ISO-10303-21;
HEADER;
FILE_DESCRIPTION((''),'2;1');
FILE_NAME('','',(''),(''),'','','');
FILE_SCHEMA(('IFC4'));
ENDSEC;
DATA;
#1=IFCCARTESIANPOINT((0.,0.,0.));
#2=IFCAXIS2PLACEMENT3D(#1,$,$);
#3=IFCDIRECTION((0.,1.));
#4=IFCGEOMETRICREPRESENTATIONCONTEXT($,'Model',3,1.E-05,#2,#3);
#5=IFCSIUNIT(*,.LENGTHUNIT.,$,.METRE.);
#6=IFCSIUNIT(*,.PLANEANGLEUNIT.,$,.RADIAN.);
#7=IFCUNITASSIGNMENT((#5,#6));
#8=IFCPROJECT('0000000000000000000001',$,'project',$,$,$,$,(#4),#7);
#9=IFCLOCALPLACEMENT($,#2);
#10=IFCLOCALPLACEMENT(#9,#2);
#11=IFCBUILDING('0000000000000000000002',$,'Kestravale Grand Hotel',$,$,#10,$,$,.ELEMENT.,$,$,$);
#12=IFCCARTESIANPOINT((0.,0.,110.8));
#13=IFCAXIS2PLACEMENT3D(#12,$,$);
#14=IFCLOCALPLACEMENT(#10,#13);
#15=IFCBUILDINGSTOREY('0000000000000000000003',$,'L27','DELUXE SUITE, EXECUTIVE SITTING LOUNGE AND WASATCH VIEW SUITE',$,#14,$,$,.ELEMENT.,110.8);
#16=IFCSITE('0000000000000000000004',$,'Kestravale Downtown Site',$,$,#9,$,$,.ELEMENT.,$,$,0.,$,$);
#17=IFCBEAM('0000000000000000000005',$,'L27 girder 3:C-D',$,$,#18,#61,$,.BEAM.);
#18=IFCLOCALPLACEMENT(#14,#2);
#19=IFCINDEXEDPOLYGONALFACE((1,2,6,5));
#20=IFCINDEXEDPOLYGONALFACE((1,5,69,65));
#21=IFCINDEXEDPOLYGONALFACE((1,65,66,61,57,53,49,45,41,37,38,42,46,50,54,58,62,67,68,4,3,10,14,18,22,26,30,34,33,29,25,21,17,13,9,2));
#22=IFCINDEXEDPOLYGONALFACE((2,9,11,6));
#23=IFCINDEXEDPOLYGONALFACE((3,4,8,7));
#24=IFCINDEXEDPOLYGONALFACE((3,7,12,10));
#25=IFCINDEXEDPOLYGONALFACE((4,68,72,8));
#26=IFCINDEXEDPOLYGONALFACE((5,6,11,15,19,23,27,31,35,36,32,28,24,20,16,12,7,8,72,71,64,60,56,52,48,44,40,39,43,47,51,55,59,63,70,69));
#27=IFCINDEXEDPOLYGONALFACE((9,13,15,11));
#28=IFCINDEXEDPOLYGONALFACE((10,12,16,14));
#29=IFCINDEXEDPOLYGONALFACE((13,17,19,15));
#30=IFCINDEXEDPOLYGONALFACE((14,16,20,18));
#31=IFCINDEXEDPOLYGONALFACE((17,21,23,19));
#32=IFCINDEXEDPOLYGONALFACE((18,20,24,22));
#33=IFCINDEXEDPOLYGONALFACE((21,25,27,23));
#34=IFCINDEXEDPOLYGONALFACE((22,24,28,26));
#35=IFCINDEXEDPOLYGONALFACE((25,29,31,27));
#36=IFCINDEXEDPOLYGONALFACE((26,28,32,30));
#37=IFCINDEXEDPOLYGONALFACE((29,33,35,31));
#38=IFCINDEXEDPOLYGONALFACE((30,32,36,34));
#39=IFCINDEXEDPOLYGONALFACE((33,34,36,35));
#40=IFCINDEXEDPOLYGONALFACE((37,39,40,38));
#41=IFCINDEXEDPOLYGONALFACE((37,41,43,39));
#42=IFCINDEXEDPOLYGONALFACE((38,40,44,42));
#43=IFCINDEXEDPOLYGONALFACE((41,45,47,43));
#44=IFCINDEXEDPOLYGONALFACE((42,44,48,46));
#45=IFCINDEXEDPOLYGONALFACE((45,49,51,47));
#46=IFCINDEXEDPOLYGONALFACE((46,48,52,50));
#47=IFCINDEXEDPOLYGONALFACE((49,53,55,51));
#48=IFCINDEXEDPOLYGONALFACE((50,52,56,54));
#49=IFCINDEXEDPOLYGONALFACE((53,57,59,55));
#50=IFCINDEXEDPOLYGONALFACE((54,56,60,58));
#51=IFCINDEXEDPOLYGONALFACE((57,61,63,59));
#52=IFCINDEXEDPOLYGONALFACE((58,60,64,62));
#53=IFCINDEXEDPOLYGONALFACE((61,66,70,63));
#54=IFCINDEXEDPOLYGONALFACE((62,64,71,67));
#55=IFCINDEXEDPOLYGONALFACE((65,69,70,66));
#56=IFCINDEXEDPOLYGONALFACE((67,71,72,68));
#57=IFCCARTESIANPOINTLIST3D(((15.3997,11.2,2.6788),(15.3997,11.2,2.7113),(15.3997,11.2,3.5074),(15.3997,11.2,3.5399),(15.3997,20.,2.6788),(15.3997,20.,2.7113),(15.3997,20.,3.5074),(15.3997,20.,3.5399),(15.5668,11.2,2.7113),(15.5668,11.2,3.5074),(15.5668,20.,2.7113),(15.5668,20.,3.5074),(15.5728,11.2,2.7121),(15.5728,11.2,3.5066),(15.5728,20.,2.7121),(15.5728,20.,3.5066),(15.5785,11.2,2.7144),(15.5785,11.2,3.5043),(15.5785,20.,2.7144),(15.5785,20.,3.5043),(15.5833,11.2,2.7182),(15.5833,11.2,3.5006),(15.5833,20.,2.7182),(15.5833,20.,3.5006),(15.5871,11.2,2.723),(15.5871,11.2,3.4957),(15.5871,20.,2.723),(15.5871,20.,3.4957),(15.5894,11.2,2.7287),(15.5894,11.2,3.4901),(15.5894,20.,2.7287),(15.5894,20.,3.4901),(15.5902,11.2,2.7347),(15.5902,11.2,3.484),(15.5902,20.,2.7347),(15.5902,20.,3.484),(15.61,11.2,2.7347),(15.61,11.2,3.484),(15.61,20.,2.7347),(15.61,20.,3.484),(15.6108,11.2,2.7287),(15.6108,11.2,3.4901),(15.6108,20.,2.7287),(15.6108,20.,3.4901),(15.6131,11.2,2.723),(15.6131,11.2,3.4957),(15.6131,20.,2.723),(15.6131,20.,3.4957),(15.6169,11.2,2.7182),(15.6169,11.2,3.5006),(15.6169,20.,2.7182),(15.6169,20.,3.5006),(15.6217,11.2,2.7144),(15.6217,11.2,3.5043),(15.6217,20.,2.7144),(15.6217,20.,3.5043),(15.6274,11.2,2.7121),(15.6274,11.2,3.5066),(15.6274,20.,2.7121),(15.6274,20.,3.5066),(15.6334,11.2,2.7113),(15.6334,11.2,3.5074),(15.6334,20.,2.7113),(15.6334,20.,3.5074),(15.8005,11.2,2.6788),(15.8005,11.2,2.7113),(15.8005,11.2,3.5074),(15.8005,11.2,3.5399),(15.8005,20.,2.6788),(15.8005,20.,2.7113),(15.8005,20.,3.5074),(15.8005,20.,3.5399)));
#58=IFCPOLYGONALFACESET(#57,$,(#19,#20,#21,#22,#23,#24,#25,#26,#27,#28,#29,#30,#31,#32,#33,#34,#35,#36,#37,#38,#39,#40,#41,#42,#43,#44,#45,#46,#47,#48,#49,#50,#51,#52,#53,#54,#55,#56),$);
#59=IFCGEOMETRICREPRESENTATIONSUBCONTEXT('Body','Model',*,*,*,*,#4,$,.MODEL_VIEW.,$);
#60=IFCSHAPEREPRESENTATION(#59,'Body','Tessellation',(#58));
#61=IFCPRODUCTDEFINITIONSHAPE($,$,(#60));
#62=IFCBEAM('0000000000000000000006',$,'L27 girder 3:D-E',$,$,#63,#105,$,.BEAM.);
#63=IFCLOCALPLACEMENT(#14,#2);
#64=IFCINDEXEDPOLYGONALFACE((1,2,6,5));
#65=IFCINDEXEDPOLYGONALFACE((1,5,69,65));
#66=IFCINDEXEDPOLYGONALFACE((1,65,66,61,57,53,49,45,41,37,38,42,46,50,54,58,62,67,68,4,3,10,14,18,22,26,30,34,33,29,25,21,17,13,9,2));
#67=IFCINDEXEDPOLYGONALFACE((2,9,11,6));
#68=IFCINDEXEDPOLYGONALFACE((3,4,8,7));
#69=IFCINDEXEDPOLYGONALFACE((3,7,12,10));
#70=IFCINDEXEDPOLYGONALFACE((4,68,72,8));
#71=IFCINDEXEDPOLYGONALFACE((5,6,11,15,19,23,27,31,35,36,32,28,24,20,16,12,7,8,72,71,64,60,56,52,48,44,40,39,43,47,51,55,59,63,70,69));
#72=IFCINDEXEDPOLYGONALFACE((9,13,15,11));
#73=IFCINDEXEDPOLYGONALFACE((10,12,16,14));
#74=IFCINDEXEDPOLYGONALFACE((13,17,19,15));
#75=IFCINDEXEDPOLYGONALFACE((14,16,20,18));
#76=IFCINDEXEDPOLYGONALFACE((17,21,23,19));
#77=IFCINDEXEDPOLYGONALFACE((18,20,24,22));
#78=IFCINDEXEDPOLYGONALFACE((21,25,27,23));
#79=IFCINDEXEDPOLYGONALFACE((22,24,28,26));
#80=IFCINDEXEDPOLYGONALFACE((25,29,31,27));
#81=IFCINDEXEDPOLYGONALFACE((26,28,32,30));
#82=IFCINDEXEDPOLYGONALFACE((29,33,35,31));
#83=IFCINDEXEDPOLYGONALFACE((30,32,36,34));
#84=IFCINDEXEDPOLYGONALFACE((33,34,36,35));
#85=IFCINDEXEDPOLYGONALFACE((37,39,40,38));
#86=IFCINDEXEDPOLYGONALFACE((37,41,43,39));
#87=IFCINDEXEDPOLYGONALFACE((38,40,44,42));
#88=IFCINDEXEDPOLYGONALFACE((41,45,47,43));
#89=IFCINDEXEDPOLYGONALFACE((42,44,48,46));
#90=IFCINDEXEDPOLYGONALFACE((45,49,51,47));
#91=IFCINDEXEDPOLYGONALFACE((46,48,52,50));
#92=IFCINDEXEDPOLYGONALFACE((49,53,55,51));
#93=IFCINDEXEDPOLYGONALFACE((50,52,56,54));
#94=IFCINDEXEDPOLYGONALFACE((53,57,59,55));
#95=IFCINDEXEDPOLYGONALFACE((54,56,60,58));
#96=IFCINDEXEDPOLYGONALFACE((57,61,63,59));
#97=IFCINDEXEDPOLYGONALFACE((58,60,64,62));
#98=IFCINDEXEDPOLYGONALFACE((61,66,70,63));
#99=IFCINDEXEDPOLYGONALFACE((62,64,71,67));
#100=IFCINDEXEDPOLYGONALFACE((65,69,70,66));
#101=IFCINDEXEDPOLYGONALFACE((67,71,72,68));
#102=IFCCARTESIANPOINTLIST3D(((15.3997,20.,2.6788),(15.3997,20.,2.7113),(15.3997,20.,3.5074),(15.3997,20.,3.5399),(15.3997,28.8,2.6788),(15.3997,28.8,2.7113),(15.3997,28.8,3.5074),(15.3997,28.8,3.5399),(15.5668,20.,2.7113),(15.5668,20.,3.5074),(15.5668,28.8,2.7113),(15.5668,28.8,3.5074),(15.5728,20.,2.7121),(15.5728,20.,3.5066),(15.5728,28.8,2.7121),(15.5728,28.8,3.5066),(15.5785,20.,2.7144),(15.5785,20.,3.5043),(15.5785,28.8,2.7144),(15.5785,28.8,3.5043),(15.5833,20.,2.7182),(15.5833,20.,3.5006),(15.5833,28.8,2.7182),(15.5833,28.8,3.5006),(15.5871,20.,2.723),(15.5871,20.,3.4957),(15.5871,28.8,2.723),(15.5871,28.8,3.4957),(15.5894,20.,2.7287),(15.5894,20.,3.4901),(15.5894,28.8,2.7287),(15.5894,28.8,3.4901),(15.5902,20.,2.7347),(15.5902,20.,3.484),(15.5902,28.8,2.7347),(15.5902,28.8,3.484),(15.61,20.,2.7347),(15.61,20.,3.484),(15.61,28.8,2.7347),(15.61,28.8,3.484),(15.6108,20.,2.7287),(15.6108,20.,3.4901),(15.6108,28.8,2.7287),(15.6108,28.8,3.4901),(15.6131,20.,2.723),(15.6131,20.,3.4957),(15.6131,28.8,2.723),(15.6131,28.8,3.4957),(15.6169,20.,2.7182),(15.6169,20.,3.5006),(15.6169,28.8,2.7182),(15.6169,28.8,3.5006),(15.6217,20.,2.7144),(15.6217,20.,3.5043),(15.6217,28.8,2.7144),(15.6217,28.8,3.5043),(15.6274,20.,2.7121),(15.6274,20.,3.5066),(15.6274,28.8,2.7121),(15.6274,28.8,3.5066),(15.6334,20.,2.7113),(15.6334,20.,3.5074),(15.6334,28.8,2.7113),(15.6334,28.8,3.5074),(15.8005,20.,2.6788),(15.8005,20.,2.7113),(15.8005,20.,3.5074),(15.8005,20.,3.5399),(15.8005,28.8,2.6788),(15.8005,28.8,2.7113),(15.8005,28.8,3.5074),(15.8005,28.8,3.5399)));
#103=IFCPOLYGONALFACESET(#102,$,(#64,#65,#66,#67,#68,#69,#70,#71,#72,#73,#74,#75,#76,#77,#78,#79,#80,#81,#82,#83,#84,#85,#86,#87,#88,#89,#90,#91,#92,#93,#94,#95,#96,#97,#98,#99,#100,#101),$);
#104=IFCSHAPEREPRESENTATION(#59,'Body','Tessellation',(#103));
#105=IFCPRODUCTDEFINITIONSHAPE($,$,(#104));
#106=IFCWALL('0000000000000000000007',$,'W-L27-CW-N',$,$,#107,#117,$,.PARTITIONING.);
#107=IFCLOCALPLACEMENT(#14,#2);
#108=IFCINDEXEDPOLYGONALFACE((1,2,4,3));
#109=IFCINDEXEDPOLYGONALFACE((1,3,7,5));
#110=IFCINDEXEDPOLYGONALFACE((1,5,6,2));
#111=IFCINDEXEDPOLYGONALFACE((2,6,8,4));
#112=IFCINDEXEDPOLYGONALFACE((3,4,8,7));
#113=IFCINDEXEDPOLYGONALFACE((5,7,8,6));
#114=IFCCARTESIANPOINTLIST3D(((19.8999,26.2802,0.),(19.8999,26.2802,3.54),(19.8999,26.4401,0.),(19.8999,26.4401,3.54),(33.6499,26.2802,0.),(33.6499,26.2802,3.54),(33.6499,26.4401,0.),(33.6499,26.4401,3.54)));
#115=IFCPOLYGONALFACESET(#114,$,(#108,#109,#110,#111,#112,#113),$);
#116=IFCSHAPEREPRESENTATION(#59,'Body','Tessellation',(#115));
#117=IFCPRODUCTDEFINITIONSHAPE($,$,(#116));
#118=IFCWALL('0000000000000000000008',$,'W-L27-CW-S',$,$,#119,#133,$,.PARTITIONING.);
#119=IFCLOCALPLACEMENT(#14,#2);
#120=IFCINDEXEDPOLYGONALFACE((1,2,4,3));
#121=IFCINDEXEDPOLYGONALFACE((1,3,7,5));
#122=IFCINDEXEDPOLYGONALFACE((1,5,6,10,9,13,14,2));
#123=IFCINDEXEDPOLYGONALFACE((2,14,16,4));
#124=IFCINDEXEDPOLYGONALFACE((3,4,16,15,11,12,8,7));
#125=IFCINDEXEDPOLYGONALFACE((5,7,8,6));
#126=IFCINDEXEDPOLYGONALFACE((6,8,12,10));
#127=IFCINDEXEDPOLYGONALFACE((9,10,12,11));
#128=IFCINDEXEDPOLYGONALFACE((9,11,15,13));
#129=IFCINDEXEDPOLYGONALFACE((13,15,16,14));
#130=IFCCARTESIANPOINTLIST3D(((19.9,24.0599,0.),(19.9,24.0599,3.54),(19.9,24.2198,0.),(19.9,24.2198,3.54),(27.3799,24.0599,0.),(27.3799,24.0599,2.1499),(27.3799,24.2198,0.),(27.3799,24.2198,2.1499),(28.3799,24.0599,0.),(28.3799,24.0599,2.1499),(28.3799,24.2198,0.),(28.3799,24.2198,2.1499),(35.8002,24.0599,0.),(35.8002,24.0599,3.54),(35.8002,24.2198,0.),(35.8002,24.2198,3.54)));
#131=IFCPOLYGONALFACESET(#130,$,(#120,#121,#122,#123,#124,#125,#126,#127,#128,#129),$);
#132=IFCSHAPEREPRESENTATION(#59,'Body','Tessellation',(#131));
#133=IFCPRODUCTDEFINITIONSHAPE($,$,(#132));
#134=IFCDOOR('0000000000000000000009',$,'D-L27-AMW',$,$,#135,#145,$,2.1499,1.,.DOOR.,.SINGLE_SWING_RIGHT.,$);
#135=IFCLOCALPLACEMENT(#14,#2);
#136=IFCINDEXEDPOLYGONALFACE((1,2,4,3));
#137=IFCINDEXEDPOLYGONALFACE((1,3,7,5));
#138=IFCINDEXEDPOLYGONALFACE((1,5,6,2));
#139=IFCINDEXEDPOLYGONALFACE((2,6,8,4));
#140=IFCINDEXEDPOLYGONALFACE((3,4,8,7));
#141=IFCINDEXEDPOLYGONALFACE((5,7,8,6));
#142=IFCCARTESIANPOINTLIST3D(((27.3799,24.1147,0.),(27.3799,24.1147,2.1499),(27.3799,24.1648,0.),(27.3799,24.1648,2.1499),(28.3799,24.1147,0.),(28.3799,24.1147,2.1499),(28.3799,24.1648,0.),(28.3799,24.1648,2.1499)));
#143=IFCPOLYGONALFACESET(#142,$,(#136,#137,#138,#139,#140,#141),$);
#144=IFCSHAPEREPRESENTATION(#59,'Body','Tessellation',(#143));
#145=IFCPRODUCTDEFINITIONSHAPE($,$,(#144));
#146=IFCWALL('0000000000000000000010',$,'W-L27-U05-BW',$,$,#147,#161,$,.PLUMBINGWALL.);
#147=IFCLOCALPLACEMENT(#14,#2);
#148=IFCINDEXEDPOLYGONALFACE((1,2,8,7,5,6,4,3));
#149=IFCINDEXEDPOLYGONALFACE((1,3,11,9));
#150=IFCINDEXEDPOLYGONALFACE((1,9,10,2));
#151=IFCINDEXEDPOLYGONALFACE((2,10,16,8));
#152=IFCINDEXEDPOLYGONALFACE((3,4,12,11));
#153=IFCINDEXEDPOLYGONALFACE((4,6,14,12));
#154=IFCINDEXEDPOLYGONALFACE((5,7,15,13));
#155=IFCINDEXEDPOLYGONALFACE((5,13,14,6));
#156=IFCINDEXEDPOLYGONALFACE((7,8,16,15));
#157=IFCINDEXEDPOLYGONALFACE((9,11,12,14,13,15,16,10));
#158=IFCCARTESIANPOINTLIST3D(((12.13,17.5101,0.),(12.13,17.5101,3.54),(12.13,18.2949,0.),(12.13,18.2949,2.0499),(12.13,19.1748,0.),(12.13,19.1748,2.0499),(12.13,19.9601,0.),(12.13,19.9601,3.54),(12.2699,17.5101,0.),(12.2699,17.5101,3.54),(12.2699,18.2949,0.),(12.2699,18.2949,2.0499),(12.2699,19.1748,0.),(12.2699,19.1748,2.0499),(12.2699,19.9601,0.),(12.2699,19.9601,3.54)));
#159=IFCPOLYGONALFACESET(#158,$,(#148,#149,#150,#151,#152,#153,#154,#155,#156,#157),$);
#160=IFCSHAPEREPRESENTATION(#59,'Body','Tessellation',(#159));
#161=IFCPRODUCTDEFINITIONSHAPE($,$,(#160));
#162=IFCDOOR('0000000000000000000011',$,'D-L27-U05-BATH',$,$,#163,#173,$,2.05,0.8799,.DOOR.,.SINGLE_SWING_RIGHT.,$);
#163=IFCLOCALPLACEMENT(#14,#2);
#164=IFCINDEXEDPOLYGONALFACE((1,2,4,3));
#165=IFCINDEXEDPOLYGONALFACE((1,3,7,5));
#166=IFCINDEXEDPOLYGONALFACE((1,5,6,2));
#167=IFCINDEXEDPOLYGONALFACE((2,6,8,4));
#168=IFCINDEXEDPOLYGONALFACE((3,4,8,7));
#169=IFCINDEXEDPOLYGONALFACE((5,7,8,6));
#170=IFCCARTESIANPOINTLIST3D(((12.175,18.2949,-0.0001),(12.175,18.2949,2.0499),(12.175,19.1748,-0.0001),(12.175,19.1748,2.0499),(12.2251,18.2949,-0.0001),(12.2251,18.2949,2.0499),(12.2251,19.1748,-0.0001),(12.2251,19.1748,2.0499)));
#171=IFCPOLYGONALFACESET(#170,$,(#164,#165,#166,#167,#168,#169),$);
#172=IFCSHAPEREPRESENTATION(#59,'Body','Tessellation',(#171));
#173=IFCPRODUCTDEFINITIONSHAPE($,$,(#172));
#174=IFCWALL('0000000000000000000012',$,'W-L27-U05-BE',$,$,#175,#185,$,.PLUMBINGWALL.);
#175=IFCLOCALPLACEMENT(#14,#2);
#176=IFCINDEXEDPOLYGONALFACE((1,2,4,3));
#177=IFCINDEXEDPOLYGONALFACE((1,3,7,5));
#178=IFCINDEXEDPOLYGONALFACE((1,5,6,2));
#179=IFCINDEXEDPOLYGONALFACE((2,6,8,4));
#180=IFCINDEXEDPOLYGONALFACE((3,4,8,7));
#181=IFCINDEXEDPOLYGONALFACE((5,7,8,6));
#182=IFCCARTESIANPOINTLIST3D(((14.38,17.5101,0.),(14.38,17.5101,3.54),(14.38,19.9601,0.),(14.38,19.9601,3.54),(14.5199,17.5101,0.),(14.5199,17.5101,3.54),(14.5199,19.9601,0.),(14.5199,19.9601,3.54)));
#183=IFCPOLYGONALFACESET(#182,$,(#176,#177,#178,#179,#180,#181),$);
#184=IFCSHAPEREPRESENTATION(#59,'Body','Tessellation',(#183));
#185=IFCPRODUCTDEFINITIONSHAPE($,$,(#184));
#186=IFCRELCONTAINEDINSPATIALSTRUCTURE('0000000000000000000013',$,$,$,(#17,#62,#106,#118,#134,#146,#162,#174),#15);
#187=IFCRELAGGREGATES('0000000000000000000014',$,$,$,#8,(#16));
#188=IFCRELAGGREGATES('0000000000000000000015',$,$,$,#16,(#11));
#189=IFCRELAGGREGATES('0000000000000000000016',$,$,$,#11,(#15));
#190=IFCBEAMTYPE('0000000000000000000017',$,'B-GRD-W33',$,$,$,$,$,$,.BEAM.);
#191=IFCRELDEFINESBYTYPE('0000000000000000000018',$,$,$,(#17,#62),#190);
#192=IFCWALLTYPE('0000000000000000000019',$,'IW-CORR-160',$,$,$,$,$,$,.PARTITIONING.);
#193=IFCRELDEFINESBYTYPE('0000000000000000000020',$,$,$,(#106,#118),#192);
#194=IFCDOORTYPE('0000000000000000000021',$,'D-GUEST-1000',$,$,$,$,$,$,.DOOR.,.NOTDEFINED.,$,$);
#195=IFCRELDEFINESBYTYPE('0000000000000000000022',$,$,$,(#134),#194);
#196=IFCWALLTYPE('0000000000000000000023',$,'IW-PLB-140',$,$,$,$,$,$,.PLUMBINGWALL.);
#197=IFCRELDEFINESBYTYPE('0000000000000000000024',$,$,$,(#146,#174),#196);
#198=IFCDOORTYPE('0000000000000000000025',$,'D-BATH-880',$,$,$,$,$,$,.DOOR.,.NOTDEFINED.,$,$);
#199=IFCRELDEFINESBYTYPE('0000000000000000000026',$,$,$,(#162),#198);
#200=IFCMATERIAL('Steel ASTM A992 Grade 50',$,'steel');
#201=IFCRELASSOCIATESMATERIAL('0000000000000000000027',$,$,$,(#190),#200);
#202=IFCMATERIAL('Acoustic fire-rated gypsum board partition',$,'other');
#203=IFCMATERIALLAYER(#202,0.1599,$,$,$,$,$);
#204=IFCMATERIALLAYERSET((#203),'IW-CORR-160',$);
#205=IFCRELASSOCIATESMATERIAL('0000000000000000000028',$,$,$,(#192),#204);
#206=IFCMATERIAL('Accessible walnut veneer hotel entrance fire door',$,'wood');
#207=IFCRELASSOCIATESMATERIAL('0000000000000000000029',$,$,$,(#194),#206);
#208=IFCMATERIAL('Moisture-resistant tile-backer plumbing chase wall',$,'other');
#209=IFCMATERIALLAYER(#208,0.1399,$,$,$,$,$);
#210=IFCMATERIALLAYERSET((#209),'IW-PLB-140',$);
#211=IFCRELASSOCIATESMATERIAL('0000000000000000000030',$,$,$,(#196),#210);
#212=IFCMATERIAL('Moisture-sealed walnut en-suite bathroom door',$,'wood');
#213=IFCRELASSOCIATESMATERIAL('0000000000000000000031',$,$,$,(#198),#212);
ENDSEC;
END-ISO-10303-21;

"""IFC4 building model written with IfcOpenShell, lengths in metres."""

from ifc_helpers import new_model, si_unit, direction, frame, frame_2d, origin, origin_2d, place, context, subcontext, project, spatial, rectangle, i_section, extrude, material, layer, layer_set, material_profile, profile_set, type_object, element, fill, save


model = new_model("IFC4")

# Units and contexts
model_context = context("Model", 3, precision=1e-05, world=origin(), true_north=direction((0.0, 1.0)))
body_context = subcontext(model_context, "Body", "Model", "MODEL_VIEW")
ifc_project = project(units=[si_unit("LENGTHUNIT", "METRE"), si_unit("PLANEANGLEUNIT", "RADIAN")], contexts=[model_context])

# Site, building, storey
site_placement = place(None, origin())
site = spatial("IfcSite", under=ifc_project, at=site_placement, Name="Kestravale Downtown Site", CompositionType="ELEMENT", RefElevation=0.0)
building_placement = place(site_placement, origin())
building = spatial("IfcBuilding", under=site, at=building_placement, Name="Kestravale Grand Hotel", CompositionType="ELEMENT")
storey_placement = place(building_placement, frame((0.0, 0.0, 110.8)))
storey = spatial("IfcBuildingStorey", under=building, at=storey_placement, Name="L27", Description="DELUXE SUITE, EXECUTIVE SITTING LOUNGE AND WASATCH VIEW SUITE", CompositionType="ELEMENT", Elevation=110.8)

# Beams
ifc_material_1 = material(Name="Steel ASTM A992 Grade 50", Category="steel")
ifc_material_profile_1 = material_profile(ifc_material_1, i_section(OverallWidth=0.4009, OverallDepth=0.8611, WebThickness=0.0198, FlangeThickness=0.0325, FilletRadius=0.0234, at=origin_2d()))
ifc_profile_set_1 = profile_set([ifc_material_profile_1], Name="Steel ASTM A992 Grade 50")
beam_type_1 = type_object("IfcBeamType", Name="B-GRD-W33", PredefinedType="BEAM", material=ifc_profile_set_1)
for number, where, z_axis, x_axis, name in (
    (1, (15.6001, 11.2, 3.1094), (0.0, 1.0, 0.0), (-1.0, 0.0, 0.0), "L27 girder 3:C-D"),
    (2, (15.6001, 20.0, 3.1094), (0.0, 1.0, 0.0), (-1.0, 0.0, 0.0), "L27 girder 3:D-E"),
):
    element("IfcBeam", number, at=place(storey_placement, frame(where, z_axis=z_axis, x_axis=x_axis)), inside=storey, type_object=beam_type_1, Name=name, PredefinedType="BEAM", context=body_context, shape_type="SweptSolid", body=[
        extrude(i_section(OverallWidth=0.4009, OverallDepth=0.8611, WebThickness=0.0198, FlangeThickness=0.0325, FilletRadius=0.0234, at=origin_2d()), origin(), (0.0, 0.0, 1.0), 8.8),
    ])

# Wall
ifc_material_2 = material(Name="Acoustic fire-rated gypsum board partition", Category="other")
ifc_layer_1 = layer(ifc_material_2, 0.1599)
ifc_layer_set_1 = layer_set([ifc_layer_1], Name="IW-CORR-160")
wall_type_1 = type_object("IfcWallType", Name="IW-CORR-160", PredefinedType="PARTITIONING", material=ifc_layer_set_1)
wall_1_placement = place(storey_placement, frame((19.8999, 26.3601, 0.0), z_axis=(0.0, 0.0, 1.0), x_axis=(1.0, 0.0, 0.0)))
element("IfcWall", 3, at=wall_1_placement, inside=storey, type_object=wall_type_1, Name="W-L27-CW-N", PredefinedType="PARTITIONING", context=body_context, shape_type="SweptSolid", body=[
    extrude(rectangle(XDim=13.75, YDim=0.1599, at=frame_2d((6.875, 0.0))), origin(), (0.0, 0.0, 1.0), 3.54),
])

# Walls, openings, doors
wall_2_placement = place(storey_placement, frame((19.8999, 24.1399, 0.0), z_axis=(0.0, 0.0, 1.0), x_axis=(1.0, 0.0, 0.0)))
wall_2 = element("IfcWall", 4, at=wall_2_placement, inside=storey, type_object=wall_type_1, Name="W-L27-CW-S", PredefinedType="PARTITIONING", context=body_context, shape_type="SweptSolid", body=[
    extrude(rectangle(XDim=15.9001, YDim=0.1599, at=frame_2d((7.9502, 0.0))), origin(), (0.0, 0.0, 1.0), 3.54),
])
opening_1_placement = place(wall_2_placement, frame((7.48, 0.0, 0.0)))
opening_1 = element("IfcOpeningElement", 5, at=opening_1_placement, cuts=wall_2, PredefinedType="OPENING", context=body_context, shape_type="SweptSolid", body=[
    extrude(rectangle(XDim=1.0, YDim=2.1499, at=frame_2d((0.5, 1.075))), frame((0.0, 0.0898, 0.0), z_axis=(0.0, -1.0, 0.0), x_axis=(1.0, 0.0, 0.0)), (0.0, 0.0, 1.0), 0.1799),
])
ifc_material_3 = material(Name="Accessible walnut veneer hotel entrance fire door", Category="wood")
door_type_1 = type_object("IfcDoorType", Name="D-GUEST-1000", OperationType="NOTDEFINED", PredefinedType="DOOR", material=ifc_material_3)
door_1_placement = place(opening_1_placement, origin())
door_1 = element("IfcDoor", 6, at=door_1_placement, inside=storey, type_object=door_type_1, Name="D-L27-AMW", OperationType="SINGLE_SWING_RIGHT", OverallHeight=2.1499, OverallWidth=1.0, PredefinedType="DOOR", context=body_context, shape_type="SweptSolid", body=[
    extrude(rectangle(XDim=1.0, YDim=2.1499, at=frame_2d((0.5, 1.075))), frame((0.0, 0.0249, 0.0), z_axis=(0.0, -1.0, 0.0), x_axis=(1.0, 0.0, 0.0)), (0.0, 0.0, 1.0), 0.05),
])
fill(opening_1, door_1)
ifc_material_4 = material(Name="Moisture-resistant tile-backer plumbing chase wall", Category="other")
ifc_layer_2 = layer(ifc_material_4, 0.1399)
ifc_layer_set_2 = layer_set([ifc_layer_2], Name="IW-PLB-140")
wall_type_2 = type_object("IfcWallType", Name="IW-PLB-140", PredefinedType="PLUMBINGWALL", material=ifc_layer_set_2)
wall_3_placement = place(storey_placement, frame((12.2, 17.51, 0.0), z_axis=(0.0, 0.0, 1.0), x_axis=(0.0, 1.0, 0.0)))
wall_3 = element("IfcWall", 7, at=wall_3_placement, inside=storey, type_object=wall_type_2, Name="W-L27-U05-BW", PredefinedType="PLUMBINGWALL", context=body_context, shape_type="SweptSolid", body=[
    extrude(rectangle(XDim=2.45, YDim=0.1399, at=frame_2d((1.2251, 0.0))), origin(), (0.0, 0.0, 1.0), 3.54),
])
opening_2_placement = place(wall_3_placement, frame((0.7849, 0.0, 0.0)))
opening_2 = element("IfcOpeningElement", 8, at=opening_2_placement, cuts=wall_3, PredefinedType="OPENING", context=body_context, shape_type="SweptSolid", body=[
    extrude(rectangle(XDim=0.8799, YDim=2.05, at=frame_2d((0.4399, 1.0249))), frame((0.0, 0.0798, 0.0), z_axis=(0.0, -1.0, 0.0), x_axis=(1.0, 0.0, 0.0)), (0.0, 0.0, 1.0), 0.1599),
])
ifc_material_5 = material(Name="Moisture-sealed walnut en-suite bathroom door", Category="wood")
door_type_2 = type_object("IfcDoorType", Name="D-BATH-880", OperationType="NOTDEFINED", PredefinedType="DOOR", material=ifc_material_5)
door_2_placement = place(opening_2_placement, origin())
door_2 = element("IfcDoor", 9, at=door_2_placement, inside=storey, type_object=door_type_2, Name="D-L27-U05-BATH", OperationType="SINGLE_SWING_RIGHT", OverallHeight=2.05, OverallWidth=0.8799, PredefinedType="DOOR", context=body_context, shape_type="SweptSolid", body=[
    extrude(rectangle(XDim=0.8799, YDim=2.05, at=frame_2d((0.4399, 1.0249))), frame((0.0, 0.0249, 0.0), z_axis=(0.0, -1.0, 0.0), x_axis=(1.0, 0.0, 0.0)), (0.0, 0.0, 1.0), 0.05),
])
fill(opening_2, door_2)

# Wall
wall_4_placement = place(storey_placement, frame((14.45, 17.51, 0.0), z_axis=(0.0, 0.0, 1.0), x_axis=(0.0, 1.0, 0.0)))
element("IfcWall", 10, at=wall_4_placement, inside=storey, type_object=wall_type_2, Name="W-L27-U05-BE", PredefinedType="PLUMBINGWALL", context=body_context, shape_type="SweptSolid", body=[
    extrude(rectangle(XDim=2.45, YDim=0.1399, at=frame_2d((1.2251, 0.0))), origin(), (0.0, 0.0, 1.0), 3.54),
])

save(model, "model.ifc")
